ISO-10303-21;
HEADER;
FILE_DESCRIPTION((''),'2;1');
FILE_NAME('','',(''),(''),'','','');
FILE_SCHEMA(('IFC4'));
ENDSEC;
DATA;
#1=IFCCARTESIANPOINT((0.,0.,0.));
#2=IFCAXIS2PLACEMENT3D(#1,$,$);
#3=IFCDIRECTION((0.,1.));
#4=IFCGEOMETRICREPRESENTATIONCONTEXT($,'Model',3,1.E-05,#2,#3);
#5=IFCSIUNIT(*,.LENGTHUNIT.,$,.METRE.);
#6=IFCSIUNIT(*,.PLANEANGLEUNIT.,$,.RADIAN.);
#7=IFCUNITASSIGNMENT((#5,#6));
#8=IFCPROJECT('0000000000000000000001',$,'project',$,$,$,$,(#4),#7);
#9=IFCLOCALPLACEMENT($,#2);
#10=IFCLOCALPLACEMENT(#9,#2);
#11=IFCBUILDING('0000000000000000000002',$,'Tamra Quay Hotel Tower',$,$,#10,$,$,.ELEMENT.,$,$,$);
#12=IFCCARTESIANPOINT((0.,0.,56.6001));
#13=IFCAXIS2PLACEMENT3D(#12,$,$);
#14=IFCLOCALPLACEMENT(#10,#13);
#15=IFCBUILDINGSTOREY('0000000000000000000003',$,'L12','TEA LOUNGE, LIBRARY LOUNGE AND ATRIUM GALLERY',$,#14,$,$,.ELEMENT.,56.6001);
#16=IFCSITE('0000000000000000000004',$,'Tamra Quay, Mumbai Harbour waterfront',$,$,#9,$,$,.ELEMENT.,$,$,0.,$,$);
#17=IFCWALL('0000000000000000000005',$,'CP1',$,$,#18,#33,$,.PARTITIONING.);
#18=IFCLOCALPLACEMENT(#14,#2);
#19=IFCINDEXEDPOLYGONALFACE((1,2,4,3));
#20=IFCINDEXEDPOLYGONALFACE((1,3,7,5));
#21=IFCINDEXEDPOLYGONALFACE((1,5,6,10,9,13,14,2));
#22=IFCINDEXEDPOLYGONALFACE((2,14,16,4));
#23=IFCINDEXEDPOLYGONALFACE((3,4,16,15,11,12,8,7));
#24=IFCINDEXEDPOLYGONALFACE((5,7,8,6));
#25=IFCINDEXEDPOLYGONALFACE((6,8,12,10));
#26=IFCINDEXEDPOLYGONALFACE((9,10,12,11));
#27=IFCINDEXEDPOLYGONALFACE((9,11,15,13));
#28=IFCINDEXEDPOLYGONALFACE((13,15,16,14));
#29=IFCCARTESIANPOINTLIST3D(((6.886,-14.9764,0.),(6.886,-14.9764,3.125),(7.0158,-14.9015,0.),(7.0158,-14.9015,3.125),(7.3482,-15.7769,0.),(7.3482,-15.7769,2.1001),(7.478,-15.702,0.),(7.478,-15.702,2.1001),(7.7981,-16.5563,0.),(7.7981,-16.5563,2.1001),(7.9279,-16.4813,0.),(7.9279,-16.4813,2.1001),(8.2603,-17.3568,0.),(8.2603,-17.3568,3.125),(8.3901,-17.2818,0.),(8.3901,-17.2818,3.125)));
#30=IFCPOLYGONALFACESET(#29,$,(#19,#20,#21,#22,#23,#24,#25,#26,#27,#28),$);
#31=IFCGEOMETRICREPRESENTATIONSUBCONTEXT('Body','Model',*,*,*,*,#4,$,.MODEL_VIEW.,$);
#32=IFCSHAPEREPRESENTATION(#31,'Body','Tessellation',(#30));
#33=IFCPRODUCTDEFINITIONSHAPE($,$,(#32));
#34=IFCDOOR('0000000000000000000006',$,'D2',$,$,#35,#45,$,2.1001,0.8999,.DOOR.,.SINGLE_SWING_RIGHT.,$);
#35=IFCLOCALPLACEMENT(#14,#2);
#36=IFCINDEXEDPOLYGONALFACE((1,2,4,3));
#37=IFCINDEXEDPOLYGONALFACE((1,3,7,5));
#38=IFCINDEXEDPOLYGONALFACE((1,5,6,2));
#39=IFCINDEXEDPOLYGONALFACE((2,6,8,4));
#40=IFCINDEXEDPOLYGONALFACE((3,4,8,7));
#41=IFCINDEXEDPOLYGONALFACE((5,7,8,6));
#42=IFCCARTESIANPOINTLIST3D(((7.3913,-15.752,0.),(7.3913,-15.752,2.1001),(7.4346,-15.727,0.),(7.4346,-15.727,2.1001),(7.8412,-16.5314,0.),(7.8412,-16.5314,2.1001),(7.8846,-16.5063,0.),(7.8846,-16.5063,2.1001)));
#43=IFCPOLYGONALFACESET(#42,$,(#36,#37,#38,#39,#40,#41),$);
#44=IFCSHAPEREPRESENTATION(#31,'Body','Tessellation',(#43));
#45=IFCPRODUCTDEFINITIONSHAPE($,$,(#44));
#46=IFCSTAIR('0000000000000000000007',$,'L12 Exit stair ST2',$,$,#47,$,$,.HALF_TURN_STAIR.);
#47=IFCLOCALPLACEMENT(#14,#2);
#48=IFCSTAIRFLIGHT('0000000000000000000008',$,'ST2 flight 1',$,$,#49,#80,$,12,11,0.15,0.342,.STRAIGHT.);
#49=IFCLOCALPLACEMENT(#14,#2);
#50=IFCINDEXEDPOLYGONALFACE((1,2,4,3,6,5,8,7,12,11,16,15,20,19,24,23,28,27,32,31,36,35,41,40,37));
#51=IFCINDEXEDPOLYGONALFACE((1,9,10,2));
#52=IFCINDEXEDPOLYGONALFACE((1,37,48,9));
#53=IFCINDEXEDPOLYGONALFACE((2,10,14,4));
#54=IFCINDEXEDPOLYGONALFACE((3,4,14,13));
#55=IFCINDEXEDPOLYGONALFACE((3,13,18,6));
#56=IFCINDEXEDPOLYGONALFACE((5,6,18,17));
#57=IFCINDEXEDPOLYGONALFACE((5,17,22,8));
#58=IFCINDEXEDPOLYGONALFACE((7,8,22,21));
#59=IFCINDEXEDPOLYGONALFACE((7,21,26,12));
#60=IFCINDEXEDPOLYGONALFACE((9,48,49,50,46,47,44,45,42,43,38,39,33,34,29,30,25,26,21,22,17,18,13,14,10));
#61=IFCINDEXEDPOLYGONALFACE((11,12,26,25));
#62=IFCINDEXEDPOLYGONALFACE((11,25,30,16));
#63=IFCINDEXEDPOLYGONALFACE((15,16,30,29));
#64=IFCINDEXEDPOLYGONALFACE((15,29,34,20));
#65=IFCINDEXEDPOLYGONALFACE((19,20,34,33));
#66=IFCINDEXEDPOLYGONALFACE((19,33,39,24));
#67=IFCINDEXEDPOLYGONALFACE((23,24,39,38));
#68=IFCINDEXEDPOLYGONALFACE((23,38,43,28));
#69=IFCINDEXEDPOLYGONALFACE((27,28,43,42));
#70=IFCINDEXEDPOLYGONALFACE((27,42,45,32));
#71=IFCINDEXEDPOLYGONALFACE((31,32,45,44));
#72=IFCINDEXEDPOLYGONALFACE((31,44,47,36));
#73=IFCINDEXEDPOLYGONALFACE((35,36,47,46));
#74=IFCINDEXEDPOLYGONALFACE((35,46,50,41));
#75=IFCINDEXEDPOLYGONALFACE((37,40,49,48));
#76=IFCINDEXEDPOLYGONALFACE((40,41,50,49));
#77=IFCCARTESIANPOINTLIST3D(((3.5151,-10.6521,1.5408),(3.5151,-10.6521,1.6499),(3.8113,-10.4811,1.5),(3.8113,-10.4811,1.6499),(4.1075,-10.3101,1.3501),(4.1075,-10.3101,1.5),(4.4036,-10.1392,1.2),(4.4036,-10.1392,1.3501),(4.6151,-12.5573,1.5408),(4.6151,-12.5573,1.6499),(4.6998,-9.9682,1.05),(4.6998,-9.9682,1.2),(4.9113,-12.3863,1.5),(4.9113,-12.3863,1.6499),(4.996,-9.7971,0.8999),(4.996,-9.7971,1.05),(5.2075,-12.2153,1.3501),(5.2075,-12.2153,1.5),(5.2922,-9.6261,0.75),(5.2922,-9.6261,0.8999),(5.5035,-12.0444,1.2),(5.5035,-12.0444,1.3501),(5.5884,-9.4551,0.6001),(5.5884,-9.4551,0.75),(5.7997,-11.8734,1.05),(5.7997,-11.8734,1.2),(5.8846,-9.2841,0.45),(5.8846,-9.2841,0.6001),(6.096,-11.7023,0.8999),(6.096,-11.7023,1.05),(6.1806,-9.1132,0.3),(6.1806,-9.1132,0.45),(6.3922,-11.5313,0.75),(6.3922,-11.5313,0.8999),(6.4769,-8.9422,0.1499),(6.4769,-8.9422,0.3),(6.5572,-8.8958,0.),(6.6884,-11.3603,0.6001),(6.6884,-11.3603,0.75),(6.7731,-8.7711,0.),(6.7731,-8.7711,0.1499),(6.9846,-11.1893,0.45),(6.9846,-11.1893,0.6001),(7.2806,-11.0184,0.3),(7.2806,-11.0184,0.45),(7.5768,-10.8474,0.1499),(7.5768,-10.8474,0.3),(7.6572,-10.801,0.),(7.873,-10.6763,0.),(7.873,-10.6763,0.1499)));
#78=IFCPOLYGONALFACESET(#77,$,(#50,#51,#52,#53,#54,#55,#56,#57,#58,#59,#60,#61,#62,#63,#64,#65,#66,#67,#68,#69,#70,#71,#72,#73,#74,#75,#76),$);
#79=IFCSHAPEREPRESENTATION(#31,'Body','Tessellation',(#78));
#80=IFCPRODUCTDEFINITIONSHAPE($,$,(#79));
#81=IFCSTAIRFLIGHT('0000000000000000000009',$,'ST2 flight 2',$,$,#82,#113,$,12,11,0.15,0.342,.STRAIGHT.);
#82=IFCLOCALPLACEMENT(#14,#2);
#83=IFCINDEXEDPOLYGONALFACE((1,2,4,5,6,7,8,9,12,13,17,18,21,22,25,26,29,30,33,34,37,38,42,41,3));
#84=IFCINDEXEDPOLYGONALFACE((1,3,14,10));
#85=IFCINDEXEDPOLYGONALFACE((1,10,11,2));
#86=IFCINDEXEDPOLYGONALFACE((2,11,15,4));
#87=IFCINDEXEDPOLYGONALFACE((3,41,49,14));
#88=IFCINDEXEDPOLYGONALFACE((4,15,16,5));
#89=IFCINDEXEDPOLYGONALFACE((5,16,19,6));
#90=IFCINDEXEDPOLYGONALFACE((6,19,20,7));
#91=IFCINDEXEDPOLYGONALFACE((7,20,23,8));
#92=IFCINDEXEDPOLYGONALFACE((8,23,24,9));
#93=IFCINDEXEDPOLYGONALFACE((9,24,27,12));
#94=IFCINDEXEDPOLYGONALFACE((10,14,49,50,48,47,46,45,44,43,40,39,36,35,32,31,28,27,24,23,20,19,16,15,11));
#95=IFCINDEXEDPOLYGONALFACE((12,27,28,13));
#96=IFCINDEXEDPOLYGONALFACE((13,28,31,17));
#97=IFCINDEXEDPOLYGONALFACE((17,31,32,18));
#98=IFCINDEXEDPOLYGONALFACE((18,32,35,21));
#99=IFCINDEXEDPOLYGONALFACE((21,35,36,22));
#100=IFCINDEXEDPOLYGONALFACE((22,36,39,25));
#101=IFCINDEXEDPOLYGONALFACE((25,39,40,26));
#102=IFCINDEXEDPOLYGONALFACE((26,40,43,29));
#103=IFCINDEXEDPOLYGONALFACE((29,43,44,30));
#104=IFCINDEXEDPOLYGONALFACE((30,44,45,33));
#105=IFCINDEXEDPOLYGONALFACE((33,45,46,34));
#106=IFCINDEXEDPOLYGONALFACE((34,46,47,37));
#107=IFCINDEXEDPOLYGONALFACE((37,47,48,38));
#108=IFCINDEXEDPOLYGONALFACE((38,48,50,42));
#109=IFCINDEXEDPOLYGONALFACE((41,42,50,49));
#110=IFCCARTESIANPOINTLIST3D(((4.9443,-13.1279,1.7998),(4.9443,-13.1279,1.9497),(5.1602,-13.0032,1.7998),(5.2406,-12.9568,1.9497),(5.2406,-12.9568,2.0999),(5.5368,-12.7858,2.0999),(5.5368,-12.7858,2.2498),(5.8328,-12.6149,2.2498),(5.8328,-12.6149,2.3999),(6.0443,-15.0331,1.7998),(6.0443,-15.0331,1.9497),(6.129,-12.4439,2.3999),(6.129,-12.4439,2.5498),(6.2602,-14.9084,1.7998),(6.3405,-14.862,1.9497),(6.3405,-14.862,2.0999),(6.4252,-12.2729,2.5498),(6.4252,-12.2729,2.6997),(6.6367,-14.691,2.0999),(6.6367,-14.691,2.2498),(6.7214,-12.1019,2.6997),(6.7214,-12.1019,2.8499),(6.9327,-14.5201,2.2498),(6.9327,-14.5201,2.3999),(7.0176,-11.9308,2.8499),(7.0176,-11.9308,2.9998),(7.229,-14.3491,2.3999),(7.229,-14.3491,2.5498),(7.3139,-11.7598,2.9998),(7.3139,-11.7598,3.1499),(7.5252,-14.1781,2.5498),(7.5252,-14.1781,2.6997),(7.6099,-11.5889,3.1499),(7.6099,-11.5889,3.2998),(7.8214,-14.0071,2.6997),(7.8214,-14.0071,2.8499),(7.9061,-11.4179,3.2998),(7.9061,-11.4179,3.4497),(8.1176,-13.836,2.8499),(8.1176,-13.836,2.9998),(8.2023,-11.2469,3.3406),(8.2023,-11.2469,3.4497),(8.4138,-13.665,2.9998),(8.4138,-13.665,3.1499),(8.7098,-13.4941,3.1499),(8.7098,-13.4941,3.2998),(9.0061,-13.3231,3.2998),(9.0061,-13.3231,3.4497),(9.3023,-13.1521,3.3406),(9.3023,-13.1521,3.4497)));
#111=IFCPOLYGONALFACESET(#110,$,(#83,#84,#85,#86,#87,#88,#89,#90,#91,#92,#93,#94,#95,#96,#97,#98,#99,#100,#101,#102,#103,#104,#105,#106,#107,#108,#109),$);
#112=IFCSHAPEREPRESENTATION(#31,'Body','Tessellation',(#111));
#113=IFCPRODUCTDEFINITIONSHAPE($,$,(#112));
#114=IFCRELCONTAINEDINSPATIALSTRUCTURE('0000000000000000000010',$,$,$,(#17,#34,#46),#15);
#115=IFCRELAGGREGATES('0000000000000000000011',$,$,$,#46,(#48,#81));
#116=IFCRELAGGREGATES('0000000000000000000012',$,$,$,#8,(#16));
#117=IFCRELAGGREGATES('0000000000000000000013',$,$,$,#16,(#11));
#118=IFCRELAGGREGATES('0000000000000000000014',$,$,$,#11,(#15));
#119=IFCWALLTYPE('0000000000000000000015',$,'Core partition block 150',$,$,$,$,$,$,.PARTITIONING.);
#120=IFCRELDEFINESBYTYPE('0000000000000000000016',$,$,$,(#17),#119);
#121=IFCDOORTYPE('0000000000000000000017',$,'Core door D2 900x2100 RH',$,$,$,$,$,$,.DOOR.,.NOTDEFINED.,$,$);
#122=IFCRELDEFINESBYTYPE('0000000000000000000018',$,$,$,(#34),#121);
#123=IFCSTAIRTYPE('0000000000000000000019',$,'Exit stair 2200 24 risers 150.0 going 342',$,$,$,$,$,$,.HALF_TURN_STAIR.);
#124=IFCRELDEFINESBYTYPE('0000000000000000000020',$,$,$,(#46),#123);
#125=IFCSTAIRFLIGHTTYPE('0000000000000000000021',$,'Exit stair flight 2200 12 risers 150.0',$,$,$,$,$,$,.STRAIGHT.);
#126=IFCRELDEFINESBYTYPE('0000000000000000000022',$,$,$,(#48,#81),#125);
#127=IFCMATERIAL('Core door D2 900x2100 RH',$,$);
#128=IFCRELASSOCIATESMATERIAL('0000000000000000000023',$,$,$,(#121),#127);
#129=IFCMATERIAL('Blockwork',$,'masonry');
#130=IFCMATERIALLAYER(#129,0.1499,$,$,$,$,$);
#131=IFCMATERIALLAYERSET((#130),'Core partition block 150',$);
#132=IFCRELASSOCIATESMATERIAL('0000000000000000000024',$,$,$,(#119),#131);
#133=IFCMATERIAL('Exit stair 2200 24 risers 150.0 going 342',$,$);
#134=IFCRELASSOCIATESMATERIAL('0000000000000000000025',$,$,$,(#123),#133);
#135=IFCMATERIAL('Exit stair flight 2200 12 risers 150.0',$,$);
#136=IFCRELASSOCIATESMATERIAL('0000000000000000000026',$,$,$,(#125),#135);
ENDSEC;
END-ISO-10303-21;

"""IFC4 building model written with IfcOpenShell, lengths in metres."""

from ifc_helpers import new_model, si_unit, direction, frame, frame_2d, origin, place, context, subcontext, project, spatial, polyline, rectangle, outline, extrude, material, layer, layer_set, type_object, element, fill, aggregate, save


model = new_model("IFC4")

# Units and contexts
model_context = context("Model", 3, precision=1e-05, world=origin(), true_north=direction((0.0, 1.0)))
body_context = subcontext(model_context, "Body", "Model", "MODEL_VIEW")
ifc_project = project(units=[si_unit("LENGTHUNIT", "METRE"), si_unit("PLANEANGLEUNIT", "RADIAN")], contexts=[model_context])

# Site, building, storey
site_placement = place(None, origin())
site = spatial("IfcSite", under=ifc_project, at=site_placement, Name="Tamra Quay, Mumbai Harbour waterfront", CompositionType="ELEMENT", RefElevation=0.0)
building_placement = place(site_placement, origin())
building = spatial("IfcBuilding", under=site, at=building_placement, Name="Tamra Quay Hotel Tower", CompositionType="ELEMENT")
storey_placement = place(building_placement, frame((0.0, 0.0, 56.6001)))
storey = spatial("IfcBuildingStorey", under=building, at=storey_placement, Name="L12", Description="TEA LOUNGE, LIBRARY LOUNGE AND ATRIUM GALLERY", CompositionType="ELEMENT", Elevation=56.6001)

# Shared definitions
ifc_material_1 = material(Name="Core door D2 900x2100 RH")
door_type_1 = type_object("IfcDoorType", Name="Core door D2 900x2100 RH", OperationType="NOTDEFINED", PredefinedType="DOOR", material=ifc_material_1)

# Shared definitions
ifc_material_2 = material(Name="Blockwork", Category="masonry")
ifc_layer_1 = layer(ifc_material_2, 0.1499)
ifc_layer_set_1 = layer_set([ifc_layer_1], Name="Core partition block 150")
wall_type_1 = type_object("IfcWallType", Name="Core partition block 150", PredefinedType="PARTITIONING", material=ifc_layer_set_1)

# Wall, opening, door
wall_1_placement = place(storey_placement, frame((6.9509, -14.939, 0.0), z_axis=(0.0, 0.0, 1.0), x_axis=(0.499989, -0.866032, 0.0)))
wall_1 = element("IfcWall", 1, at=wall_1_placement, inside=storey, type_object=wall_type_1, Name="CP1", PredefinedType="PARTITIONING", context=body_context, shape_type="SweptSolid", body=[
    extrude(rectangle(XDim=2.7485, YDim=0.1499, at=frame_2d((1.3743, 0.0))), origin(), (0.0, 0.0, 1.0), 3.125),
])
opening_1_placement = place(wall_1_placement, frame((0.9243, 0.0, 0.0)))
opening_1 = element("IfcOpeningElement", 2, at=opening_1_placement, cuts=wall_1, PredefinedType="OPENING", context=body_context, shape_type="SweptSolid", body=[
    extrude(rectangle(XDim=0.8999, YDim=2.1001, at=frame_2d((0.45, 1.05))), frame((0.0, 0.085, 0.0), z_axis=(0.0, -1.0, 0.0), x_axis=(1.0, 0.0, 0.0)), (0.0, 0.0, 1.0), 0.1699),
])
door_1_placement = place(opening_1_placement, origin())
door_1 = element("IfcDoor", 3, at=door_1_placement, inside=storey, type_object=door_type_1, Name="D2", OperationType="SINGLE_SWING_RIGHT", OverallHeight=2.1001, OverallWidth=0.8999, PredefinedType="DOOR", context=body_context, shape_type="SweptSolid", body=[
    extrude(rectangle(XDim=0.8999, YDim=2.1001, at=frame_2d((0.45, 1.05))), frame((0.0, 0.0249, 0.0), z_axis=(0.0, -1.0, 0.0), x_axis=(1.0, 0.0, 0.0)), (0.0, 0.0, 1.0), 0.05),
])
fill(opening_1, door_1)

# Stair, stair flights
ifc_material_3 = material(Name="Exit stair 2200 24 risers 150.0 going 342")
stair_type = type_object("IfcStairType", Name="Exit stair 2200 24 risers 150.0 going 342", PredefinedType="HALF_TURN_STAIR", material=ifc_material_3)
stair_placement = place(storey_placement, origin())
stair = element("IfcStair", 4, at=stair_placement, inside=storey, type_object=stair_type, Name="L12 Exit stair ST2", PredefinedType="HALF_TURN_STAIR")
ifc_material_4 = material(Name="Exit stair flight 2200 12 risers 150.0")
stair_flight_type = type_object("IfcStairFlightType", Name="Exit stair flight 2200 12 risers 150.0", PredefinedType="STRAIGHT", material=ifc_material_4)
stair_flight_1_placement = place(storey_placement, frame((7.323, -9.7236, 0.0), z_axis=(0.0, 0.0, 1.0), x_axis=(-0.866025, -0.5, 0.0)))
stair_flight_1 = element("IfcStairFlight", 5, at=stair_flight_1_placement, type_object=stair_flight_type, Name="ST2 flight 1", NumberOfRisers=12, NumberOfTreads=11, PredefinedType="STRAIGHT", RiserHeight=0.15, TreadLength=0.342, context=body_context, shape_type="SweptSolid", body=[
    extrude(outline(polyline([(0.0, 0.0), (0.0, 0.1499), (0.342, 0.1499), (0.342, 0.3), (0.6841, 0.3), (0.6841, 0.45), (1.0259, 0.45), (1.0259, 0.6001), (1.3679, 0.6001), (1.3679, 0.75), (1.71, 0.75), (1.71, 0.8999), (2.052, 0.8999), (2.052, 1.05), (2.394, 1.05), (2.394, 1.2), (2.7361, 1.2), (2.7361, 1.3501), (3.0779, 1.3501), (3.0779, 1.5), (3.4199, 1.5), (3.4199, 1.6499), (3.762, 1.6499), (3.762, 1.8), (3.762, 1.5408), (0.2493, 0.0), (0.0, 0.0)])), frame((0.0, 1.1001, 0.0), z_axis=(0.0, -1.0, 0.0), x_axis=(1.0, 0.0, 0.0)), (0.0, 0.0, 1.0), 2.2),
])
stair_flight_2_placement = place(storey_placement, frame((5.4944, -14.0806, 1.7998), z_axis=(0.0, 0.0, 1.0), x_axis=(0.866025, 0.5, 0.0)))
stair_flight_2 = element("IfcStairFlight", 6, at=stair_flight_2_placement, type_object=stair_flight_type, Name="ST2 flight 2", NumberOfRisers=12, NumberOfTreads=11, PredefinedType="STRAIGHT", RiserHeight=0.15, TreadLength=0.342, context=body_context, shape_type="SweptSolid", body=[
    extrude(outline(polyline([(0.0, 0.0), (0.0, 0.1499), (0.342, 0.1499), (0.342, 0.3), (0.6841, 0.3), (0.6841, 0.45), (1.0259, 0.45), (1.0259, 0.6001), (1.3679, 0.6001), (1.3679, 0.75), (1.71, 0.75), (1.71, 0.8999), (2.052, 0.8999), (2.052, 1.05), (2.394, 1.05), (2.394, 1.2), (2.7361, 1.2), (2.7361, 1.3501), (3.0779, 1.3501), (3.0779, 1.5), (3.4199, 1.5), (3.4199, 1.6499), (3.762, 1.6499), (3.762, 1.8), (3.762, 1.5408), (0.2493, 0.0), (0.0, 0.0)])), frame((0.0, 1.1001, 0.0), z_axis=(0.0, -1.0, 0.0), x_axis=(1.0, 0.0, 0.0)), (0.0, 0.0, 1.0), 2.2),
])
aggregate(stair, [stair_flight_1, stair_flight_2])

save(model, "model.ifc")
